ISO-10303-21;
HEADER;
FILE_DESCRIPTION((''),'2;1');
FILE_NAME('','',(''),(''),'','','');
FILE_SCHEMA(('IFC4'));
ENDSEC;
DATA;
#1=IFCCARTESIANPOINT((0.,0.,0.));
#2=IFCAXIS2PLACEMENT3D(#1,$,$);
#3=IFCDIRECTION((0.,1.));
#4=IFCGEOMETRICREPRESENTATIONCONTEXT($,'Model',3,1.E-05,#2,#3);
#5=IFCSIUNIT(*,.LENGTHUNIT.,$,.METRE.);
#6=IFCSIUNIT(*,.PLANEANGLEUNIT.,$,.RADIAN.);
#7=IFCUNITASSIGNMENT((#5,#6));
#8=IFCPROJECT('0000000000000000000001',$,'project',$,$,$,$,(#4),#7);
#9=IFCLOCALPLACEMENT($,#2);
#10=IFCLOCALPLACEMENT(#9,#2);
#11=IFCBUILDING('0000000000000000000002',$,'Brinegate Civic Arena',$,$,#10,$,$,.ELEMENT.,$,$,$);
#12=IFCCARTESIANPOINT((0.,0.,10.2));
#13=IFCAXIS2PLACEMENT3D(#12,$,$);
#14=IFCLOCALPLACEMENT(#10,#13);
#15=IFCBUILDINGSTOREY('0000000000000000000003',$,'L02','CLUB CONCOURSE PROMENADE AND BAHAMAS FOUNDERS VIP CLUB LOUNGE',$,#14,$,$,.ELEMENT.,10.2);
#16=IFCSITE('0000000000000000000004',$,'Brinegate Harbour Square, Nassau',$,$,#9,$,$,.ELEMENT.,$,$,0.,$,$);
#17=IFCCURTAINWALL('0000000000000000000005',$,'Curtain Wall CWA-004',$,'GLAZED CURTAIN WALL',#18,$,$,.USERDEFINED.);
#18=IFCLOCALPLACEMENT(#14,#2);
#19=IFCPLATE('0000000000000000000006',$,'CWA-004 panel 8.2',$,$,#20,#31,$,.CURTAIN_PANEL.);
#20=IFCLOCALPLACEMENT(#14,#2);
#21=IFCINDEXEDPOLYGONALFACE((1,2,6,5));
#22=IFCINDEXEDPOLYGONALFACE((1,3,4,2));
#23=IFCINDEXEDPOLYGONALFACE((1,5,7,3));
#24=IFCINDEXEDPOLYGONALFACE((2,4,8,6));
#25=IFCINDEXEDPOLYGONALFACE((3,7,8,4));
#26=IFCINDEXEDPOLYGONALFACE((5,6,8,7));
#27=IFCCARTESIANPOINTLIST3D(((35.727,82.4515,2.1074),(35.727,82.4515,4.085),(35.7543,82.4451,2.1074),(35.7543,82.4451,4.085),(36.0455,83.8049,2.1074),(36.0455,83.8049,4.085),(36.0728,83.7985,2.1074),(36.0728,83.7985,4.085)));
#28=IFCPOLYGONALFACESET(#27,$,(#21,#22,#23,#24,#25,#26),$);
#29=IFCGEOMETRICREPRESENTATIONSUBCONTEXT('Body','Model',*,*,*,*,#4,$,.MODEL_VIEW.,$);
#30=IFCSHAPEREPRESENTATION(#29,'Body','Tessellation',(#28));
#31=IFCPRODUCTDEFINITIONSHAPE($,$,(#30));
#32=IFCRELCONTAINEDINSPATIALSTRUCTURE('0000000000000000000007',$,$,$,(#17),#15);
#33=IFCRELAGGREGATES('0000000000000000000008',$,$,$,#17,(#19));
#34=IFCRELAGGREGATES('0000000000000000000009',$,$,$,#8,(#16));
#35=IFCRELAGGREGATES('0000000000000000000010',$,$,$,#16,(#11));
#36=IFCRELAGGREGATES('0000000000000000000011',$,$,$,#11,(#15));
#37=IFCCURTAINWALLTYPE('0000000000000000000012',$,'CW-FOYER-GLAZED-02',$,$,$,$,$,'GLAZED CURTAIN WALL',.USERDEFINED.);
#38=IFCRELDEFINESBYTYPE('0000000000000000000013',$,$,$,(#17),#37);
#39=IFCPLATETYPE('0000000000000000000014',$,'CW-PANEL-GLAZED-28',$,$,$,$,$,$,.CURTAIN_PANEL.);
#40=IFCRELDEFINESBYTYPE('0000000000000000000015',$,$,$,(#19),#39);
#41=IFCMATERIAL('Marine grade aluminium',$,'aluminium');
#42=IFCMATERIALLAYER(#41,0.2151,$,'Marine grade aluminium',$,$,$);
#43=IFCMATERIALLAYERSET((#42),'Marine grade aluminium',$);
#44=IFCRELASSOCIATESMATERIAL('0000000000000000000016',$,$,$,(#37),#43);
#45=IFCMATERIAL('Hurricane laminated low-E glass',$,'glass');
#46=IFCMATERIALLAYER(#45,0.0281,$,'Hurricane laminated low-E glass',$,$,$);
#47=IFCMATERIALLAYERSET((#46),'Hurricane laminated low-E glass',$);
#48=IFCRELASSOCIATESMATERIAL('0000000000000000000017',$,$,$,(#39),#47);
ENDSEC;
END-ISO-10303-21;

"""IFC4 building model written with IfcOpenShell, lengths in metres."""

from ifc_helpers import new_model, si_unit, direction, frame, origin, origin_2d, place, context, subcontext, project, spatial, rectangle, extrude, material, layer, layer_set, type_object, element, aggregate, save


model = new_model("IFC4")

# Units and contexts
model_context = context("Model", 3, precision=1e-05, world=origin(), true_north=direction((0.0, 1.0)))
body_context = subcontext(model_context, "Body", "Model", "MODEL_VIEW")
ifc_project = project(units=[si_unit("LENGTHUNIT", "METRE"), si_unit("PLANEANGLEUNIT", "RADIAN")], contexts=[model_context])

# Site, building, storey
site_placement = place(None, origin())
site = spatial("IfcSite", under=ifc_project, at=site_placement, Name="Brinegate Harbour Square, Nassau", CompositionType="ELEMENT", RefElevation=0.0)
building_placement = place(site_placement, origin())
building = spatial("IfcBuilding", under=site, at=building_placement, Name="Brinegate Civic Arena", CompositionType="ELEMENT")
storey_placement = place(building_placement, frame((0.0, 0.0, 10.2)))
storey = spatial("IfcBuildingStorey", under=building, at=storey_placement, Name="L02", Description="CLUB CONCOURSE PROMENADE AND BAHAMAS FOUNDERS VIP CLUB LOUNGE", CompositionType="ELEMENT", Elevation=10.2)

# Curtain wall
ifc_material_1 = material(Name="Marine grade aluminium", Category="aluminium")
ifc_layer_1 = layer(ifc_material_1, 0.2151, Name="Marine grade aluminium")
ifc_layer_set_1 = layer_set([ifc_layer_1], Name="Marine grade aluminium")
curtain_wall_type = type_object("IfcCurtainWallType", Name="CW-FOYER-GLAZED-02", ElementType="GLAZED CURTAIN WALL", PredefinedType="USERDEFINED", material=ifc_layer_set_1)
curtain_wall_placement = place(storey_placement, origin())
curtain_wall = element("IfcCurtainWall", 1, at=curtain_wall_placement, inside=storey, type_object=curtain_wall_type, Name="Curtain Wall CWA-004", ObjectType="GLAZED CURTAIN WALL", PredefinedType="USERDEFINED")

# Plate
ifc_material_2 = material(Name="Hurricane laminated low-E glass", Category="glass")
ifc_layer_2 = layer(ifc_material_2, 0.0281, Name="Hurricane laminated low-E glass")
ifc_layer_set_2 = layer_set([ifc_layer_2], Name="Hurricane laminated low-E glass")
plate_type = type_object("IfcPlateType", Name="CW-PANEL-GLAZED-28", PredefinedType="CURTAIN_PANEL", material=ifc_layer_set_2)
plate_1_placement = place(storey_placement, frame((35.8999, 83.125, 2.1074), z_axis=(0.0, 0.0, 1.0), x_axis=(0.229039, 0.973417, 0.0)))
plate_1 = element("IfcPlate", 2, at=plate_1_placement, type_object=plate_type, Name="CWA-004 panel 8.2", PredefinedType="CURTAIN_PANEL", context=body_context, shape_type="SweptSolid", body=[
    extrude(rectangle(XDim=1.3904, YDim=0.0281, at=origin_2d()), origin(), (0.0, 0.0, 1.0), 1.9775),
])
aggregate(curtain_wall, [plate_1])

save(model, "model.ifc")
